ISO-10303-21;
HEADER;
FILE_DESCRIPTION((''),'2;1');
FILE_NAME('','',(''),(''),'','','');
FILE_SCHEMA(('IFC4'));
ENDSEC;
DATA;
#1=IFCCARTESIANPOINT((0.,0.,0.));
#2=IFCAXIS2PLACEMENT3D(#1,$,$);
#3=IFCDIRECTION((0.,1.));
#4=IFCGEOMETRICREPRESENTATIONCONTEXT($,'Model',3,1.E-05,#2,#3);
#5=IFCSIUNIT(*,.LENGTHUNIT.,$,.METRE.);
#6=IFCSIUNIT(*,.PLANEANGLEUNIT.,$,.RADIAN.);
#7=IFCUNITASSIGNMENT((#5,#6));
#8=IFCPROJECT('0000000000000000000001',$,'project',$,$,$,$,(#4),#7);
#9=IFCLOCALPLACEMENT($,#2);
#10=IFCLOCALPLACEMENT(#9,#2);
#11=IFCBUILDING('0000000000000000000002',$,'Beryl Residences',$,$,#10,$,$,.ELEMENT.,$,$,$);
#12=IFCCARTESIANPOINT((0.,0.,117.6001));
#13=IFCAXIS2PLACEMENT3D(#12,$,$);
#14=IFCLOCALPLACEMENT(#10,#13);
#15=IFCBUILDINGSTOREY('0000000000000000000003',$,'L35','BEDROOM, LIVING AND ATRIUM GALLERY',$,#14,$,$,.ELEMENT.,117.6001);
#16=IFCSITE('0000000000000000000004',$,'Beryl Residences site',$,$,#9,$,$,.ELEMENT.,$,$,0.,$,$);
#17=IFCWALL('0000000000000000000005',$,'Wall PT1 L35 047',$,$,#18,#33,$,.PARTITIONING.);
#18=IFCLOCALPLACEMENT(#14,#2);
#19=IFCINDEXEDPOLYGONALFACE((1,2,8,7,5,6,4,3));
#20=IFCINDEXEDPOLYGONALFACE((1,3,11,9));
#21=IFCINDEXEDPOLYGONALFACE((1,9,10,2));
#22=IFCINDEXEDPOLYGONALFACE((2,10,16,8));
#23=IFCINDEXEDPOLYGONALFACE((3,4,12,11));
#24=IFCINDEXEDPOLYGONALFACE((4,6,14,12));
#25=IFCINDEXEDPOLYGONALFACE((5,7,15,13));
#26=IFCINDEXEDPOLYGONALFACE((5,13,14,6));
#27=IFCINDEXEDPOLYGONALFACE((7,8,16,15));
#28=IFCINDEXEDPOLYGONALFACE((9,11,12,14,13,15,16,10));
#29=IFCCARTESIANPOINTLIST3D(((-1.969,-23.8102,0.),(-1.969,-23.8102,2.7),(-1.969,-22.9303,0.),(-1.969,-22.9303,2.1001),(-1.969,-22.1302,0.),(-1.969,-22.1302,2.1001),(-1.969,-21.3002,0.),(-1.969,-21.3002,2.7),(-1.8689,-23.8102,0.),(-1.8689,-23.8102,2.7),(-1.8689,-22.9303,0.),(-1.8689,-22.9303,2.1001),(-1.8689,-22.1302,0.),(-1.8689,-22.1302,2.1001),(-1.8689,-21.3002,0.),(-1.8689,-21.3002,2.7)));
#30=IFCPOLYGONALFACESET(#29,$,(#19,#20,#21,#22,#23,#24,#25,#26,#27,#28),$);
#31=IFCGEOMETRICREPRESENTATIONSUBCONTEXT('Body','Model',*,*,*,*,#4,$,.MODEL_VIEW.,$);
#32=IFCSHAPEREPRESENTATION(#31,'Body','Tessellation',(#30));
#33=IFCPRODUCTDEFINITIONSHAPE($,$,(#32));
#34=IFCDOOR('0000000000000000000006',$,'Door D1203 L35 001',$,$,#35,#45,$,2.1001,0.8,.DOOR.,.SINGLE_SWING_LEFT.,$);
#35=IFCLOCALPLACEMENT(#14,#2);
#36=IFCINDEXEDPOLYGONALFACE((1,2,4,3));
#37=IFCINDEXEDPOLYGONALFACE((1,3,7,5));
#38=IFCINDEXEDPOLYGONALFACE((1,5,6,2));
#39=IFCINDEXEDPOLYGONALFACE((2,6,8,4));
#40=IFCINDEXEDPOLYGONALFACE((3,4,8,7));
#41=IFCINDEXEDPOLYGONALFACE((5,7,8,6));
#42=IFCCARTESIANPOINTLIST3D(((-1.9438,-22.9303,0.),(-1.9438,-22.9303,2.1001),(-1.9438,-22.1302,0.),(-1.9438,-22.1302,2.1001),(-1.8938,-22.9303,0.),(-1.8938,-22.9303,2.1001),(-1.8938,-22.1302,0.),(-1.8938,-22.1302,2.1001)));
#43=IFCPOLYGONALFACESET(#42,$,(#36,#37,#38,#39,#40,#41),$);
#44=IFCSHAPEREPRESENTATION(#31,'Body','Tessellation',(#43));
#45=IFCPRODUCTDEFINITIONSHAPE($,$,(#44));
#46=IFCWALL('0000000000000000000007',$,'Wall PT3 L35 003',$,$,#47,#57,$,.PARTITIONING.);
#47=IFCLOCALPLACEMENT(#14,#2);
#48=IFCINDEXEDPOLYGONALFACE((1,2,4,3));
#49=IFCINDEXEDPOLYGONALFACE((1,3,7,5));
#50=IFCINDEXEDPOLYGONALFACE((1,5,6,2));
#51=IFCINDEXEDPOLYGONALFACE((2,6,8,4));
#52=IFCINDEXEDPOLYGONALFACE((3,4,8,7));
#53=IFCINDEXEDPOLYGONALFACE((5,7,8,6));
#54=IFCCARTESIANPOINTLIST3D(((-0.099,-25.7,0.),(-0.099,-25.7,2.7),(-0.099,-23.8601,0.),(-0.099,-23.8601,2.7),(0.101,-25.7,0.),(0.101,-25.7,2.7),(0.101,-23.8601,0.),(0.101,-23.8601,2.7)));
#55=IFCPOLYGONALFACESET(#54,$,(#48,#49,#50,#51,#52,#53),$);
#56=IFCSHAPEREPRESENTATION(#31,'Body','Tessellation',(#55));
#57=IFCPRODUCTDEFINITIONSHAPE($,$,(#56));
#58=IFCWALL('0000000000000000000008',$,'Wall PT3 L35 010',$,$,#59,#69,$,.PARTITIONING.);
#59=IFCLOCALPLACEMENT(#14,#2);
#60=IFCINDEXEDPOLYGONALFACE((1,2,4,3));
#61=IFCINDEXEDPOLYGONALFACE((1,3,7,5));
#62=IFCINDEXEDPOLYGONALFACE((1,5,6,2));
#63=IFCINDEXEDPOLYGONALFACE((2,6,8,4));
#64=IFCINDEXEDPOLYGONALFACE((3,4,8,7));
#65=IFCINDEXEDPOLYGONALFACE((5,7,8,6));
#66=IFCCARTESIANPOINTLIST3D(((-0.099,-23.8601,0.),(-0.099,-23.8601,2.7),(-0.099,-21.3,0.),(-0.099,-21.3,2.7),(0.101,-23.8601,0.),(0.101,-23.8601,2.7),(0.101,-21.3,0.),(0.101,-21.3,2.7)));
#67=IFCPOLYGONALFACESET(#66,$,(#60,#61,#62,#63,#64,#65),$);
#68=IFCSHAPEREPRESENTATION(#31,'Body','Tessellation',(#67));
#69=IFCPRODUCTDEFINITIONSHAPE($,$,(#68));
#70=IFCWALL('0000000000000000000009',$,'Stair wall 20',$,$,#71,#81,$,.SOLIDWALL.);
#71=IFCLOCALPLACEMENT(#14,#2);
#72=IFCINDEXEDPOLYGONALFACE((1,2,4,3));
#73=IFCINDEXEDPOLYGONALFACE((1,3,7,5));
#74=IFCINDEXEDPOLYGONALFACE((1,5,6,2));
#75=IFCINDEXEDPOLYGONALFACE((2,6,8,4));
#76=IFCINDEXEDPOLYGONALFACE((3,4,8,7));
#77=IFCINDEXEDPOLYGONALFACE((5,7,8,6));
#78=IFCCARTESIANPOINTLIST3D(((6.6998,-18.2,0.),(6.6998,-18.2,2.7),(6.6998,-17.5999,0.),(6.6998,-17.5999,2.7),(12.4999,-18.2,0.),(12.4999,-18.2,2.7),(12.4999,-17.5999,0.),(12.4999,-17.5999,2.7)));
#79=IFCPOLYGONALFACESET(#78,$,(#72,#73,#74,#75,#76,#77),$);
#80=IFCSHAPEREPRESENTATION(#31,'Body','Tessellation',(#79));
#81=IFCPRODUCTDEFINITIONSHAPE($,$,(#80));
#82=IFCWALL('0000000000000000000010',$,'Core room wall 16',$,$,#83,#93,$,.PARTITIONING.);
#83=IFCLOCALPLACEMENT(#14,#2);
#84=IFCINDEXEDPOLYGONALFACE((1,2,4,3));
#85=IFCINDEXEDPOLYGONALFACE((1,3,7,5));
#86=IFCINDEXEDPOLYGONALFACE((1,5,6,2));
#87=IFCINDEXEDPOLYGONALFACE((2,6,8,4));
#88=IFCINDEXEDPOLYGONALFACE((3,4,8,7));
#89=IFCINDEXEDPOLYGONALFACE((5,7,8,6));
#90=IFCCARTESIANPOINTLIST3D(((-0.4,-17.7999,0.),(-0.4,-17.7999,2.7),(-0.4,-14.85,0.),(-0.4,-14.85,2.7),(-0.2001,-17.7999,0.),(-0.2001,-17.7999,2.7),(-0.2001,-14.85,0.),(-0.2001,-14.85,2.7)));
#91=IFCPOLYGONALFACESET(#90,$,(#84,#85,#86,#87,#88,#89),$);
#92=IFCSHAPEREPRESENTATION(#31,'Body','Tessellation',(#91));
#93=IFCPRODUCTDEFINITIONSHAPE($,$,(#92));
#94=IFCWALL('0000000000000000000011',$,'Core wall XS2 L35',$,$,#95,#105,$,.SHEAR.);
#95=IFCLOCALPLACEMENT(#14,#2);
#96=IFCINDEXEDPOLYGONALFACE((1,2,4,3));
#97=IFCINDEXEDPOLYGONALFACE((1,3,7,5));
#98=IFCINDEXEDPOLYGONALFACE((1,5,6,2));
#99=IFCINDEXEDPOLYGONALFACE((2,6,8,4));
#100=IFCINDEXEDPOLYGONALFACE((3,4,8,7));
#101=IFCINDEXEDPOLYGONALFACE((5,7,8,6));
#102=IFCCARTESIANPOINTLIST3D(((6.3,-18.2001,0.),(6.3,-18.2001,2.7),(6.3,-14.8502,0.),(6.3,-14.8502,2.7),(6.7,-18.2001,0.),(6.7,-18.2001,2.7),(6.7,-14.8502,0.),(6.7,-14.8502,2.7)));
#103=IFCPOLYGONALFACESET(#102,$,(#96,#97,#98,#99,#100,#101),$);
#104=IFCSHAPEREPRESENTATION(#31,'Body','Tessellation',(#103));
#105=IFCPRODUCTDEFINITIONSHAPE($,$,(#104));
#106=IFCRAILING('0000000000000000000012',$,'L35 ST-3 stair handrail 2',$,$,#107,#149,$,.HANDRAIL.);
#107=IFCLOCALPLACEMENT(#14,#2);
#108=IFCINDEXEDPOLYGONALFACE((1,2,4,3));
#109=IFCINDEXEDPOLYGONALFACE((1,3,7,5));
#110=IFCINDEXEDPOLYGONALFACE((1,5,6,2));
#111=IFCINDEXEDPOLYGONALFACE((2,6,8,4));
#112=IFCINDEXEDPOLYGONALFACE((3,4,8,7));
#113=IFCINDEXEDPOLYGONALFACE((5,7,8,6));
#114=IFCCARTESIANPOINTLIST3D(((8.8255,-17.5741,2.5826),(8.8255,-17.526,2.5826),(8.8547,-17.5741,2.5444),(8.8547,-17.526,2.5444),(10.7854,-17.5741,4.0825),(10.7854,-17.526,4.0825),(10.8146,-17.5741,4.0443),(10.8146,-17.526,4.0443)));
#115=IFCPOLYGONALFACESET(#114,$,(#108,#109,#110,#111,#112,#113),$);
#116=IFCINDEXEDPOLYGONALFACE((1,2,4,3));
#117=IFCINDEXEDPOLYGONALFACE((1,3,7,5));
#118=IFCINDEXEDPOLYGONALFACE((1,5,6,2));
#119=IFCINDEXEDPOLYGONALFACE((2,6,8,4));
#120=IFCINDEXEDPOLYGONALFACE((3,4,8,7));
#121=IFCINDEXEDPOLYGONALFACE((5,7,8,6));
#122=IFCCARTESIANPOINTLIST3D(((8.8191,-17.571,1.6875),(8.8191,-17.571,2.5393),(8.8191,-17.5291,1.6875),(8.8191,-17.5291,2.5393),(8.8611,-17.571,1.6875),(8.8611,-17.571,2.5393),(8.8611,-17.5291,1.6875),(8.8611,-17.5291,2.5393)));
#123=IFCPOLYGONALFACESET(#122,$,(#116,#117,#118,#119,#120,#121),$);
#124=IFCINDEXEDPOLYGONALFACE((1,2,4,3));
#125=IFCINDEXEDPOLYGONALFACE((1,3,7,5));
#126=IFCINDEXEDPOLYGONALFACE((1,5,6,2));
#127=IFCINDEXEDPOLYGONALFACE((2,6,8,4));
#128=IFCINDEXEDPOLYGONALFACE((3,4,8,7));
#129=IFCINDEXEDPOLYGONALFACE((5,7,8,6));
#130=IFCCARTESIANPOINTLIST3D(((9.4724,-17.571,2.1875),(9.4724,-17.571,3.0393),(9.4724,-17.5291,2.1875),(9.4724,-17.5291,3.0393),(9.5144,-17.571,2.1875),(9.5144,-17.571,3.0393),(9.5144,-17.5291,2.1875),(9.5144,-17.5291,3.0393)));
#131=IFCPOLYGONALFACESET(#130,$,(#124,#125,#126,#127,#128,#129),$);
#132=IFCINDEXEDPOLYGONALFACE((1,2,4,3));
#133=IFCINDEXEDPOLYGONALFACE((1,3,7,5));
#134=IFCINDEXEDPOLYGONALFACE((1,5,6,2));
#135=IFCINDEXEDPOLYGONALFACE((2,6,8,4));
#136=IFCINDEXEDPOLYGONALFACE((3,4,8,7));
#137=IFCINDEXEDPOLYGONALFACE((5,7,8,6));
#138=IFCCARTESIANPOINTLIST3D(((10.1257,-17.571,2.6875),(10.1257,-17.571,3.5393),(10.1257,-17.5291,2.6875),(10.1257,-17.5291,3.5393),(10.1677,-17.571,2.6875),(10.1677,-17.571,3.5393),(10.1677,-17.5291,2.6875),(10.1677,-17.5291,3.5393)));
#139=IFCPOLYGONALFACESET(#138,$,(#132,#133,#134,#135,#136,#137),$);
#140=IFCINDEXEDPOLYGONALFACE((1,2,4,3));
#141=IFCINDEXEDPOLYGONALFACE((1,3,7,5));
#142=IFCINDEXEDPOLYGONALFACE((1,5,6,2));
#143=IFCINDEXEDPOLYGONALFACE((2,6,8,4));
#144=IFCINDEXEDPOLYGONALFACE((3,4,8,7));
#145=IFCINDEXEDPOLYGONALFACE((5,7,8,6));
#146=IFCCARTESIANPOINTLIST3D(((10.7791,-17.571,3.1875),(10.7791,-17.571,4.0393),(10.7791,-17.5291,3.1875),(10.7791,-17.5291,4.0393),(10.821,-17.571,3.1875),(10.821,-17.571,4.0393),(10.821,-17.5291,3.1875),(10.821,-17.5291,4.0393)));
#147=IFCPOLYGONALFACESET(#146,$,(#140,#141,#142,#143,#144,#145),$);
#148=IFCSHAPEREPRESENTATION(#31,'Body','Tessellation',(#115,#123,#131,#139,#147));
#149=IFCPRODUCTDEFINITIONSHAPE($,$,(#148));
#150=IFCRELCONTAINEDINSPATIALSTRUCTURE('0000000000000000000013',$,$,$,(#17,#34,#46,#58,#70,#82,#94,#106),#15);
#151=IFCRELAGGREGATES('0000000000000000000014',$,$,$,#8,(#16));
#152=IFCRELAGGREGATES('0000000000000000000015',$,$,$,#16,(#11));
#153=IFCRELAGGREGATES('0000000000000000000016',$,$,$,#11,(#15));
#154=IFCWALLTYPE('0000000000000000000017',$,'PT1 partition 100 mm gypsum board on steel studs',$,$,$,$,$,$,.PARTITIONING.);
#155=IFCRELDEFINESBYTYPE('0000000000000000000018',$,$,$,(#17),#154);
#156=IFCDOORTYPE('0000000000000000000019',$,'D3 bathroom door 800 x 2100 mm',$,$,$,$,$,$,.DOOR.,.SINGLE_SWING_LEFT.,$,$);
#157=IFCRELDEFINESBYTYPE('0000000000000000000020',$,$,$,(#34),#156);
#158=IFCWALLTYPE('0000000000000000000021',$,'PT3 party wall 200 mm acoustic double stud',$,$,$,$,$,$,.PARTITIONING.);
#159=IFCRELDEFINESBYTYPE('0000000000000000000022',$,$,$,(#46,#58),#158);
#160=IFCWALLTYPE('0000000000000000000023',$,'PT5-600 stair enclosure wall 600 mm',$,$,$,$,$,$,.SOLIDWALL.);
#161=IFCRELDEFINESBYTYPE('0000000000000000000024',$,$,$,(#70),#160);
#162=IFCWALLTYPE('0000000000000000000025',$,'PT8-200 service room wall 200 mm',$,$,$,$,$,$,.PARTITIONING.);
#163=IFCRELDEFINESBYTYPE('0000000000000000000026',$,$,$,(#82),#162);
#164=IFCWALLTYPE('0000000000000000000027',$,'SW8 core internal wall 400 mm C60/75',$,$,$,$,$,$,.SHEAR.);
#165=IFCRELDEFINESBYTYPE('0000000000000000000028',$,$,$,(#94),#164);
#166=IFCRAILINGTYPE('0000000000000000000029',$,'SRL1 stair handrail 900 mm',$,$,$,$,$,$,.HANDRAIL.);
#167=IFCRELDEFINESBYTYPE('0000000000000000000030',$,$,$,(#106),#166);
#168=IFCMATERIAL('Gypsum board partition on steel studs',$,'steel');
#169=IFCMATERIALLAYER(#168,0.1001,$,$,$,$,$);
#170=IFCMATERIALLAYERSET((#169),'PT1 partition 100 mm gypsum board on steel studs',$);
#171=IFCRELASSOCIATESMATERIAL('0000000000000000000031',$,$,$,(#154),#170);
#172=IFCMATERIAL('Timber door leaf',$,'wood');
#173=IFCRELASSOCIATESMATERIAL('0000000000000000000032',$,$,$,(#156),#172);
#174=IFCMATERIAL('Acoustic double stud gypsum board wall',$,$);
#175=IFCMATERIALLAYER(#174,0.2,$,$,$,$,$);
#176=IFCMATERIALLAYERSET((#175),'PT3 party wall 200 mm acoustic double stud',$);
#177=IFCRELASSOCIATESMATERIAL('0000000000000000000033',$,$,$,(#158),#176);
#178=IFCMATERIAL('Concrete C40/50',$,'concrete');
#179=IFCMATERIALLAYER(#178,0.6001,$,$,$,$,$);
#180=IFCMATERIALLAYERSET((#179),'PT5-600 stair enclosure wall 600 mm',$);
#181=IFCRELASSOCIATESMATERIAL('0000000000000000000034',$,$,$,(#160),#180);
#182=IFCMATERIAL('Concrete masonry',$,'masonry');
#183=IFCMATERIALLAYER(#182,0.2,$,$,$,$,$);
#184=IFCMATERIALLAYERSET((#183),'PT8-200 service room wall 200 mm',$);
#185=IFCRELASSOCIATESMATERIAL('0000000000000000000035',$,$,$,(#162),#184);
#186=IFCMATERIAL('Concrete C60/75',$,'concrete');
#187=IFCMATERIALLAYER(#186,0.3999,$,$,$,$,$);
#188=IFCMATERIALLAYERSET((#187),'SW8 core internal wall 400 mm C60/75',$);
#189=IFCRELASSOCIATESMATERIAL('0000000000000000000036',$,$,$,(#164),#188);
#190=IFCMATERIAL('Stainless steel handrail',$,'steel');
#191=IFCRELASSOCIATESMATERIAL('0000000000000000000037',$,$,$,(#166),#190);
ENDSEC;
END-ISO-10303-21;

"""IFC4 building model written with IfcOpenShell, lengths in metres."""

from ifc_helpers import new_model, si_unit, direction, frame, frame_2d, origin, origin_2d, place, context, subcontext, project, spatial, rectangle, extrude, material, layer, layer_set, type_object, element, fill, save


model = new_model("IFC4")

# Units and contexts
model_context = context("Model", 3, precision=1e-05, world=origin(), true_north=direction((0.0, 1.0)))
body_context = subcontext(model_context, "Body", "Model", "MODEL_VIEW")
ifc_project = project(units=[si_unit("LENGTHUNIT", "METRE"), si_unit("PLANEANGLEUNIT", "RADIAN")], contexts=[model_context])

# Site, building, storey
site_placement = place(None, origin())
site = spatial("IfcSite", under=ifc_project, at=site_placement, Name="Beryl Residences site", CompositionType="ELEMENT", RefElevation=0.0)
building_placement = place(site_placement, origin())
building = spatial("IfcBuilding", under=site, at=building_placement, Name="Beryl Residences", CompositionType="ELEMENT")
storey_placement = place(building_placement, frame((0.0, 0.0, 117.6001)))
storey = spatial("IfcBuildingStorey", under=building, at=storey_placement, Name="L35", Description="BEDROOM, LIVING AND ATRIUM GALLERY", CompositionType="ELEMENT", Elevation=117.6001)

# Shared definitions
ifc_material_1 = material(Name="Gypsum board partition on steel studs", Category="steel")
ifc_layer_1 = layer(ifc_material_1, 0.1001)
ifc_layer_set_1 = layer_set([ifc_layer_1], Name="PT1 partition 100 mm gypsum board on steel studs")
wall_type_1 = type_object("IfcWallType", Name="PT1 partition 100 mm gypsum board on steel studs", PredefinedType="PARTITIONING", material=ifc_layer_set_1)

# Wall, opening, door
ifc_material_2 = material(Name="Timber door leaf", Category="wood")
door_type_1 = type_object("IfcDoorType", Name="D3 bathroom door 800 x 2100 mm", OperationType="SINGLE_SWING_LEFT", PredefinedType="DOOR", material=ifc_material_2)
wall_1_placement = place(storey_placement, frame((-1.9189, -23.8101, 0.0), z_axis=(0.0, 0.0, 1.0), x_axis=(0.0, 1.0, 0.0)))
wall_1 = element("IfcWall", 1, at=wall_1_placement, inside=storey, type_object=wall_type_1, Name="Wall PT1 L35 047", PredefinedType="PARTITIONING", context=body_context, shape_type="SweptSolid", body=[
    extrude(rectangle(XDim=2.51, YDim=0.1001, at=frame_2d((1.2549, 0.0))), origin(), (0.0, 0.0, 1.0), 2.7),
])
opening_1_placement = place(wall_1_placement, frame((0.8799, 0.0, 0.0)))
opening_1 = element("IfcOpeningElement", 2, at=opening_1_placement, cuts=wall_1, PredefinedType="OPENING", context=body_context, shape_type="SweptSolid", body=[
    extrude(rectangle(XDim=0.8, YDim=2.1001, at=frame_2d((0.3999, 1.05))), frame((0.0, 0.0601, 0.0), z_axis=(0.0, -1.0, 0.0), x_axis=(1.0, 0.0, 0.0)), (0.0, 0.0, 1.0), 0.1201),
])
door_1_placement = place(opening_1_placement, origin())
door_1 = element("IfcDoor", 3, at=door_1_placement, inside=storey, type_object=door_type_1, Name="Door D1203 L35 001", OperationType="SINGLE_SWING_LEFT", OverallHeight=2.1001, OverallWidth=0.8, PredefinedType="DOOR", context=body_context, shape_type="SweptSolid", body=[
    extrude(rectangle(XDim=0.8, YDim=2.1001, at=frame_2d((0.3999, 1.05))), frame((0.0, 0.0249, 0.0), z_axis=(0.0, -1.0, 0.0), x_axis=(1.0, 0.0, 0.0)), (0.0, 0.0, 1.0), 0.05),
])
fill(opening_1, door_1)

# Walls
ifc_material_3 = material(Name="Acoustic double stud gypsum board wall")
ifc_layer_2 = layer(ifc_material_3, 0.2)
ifc_layer_set_2 = layer_set([ifc_layer_2], Name="PT3 party wall 200 mm acoustic double stud")
wall_type_2 = type_object("IfcWallType", Name="PT3 party wall 200 mm acoustic double stud", PredefinedType="PARTITIONING", material=ifc_layer_set_2)
wall_2_placement = place(storey_placement, frame((0.001, -23.8601, 0.0), z_axis=(0.0, 0.0, 1.0), x_axis=(0.0, -1.0, 0.0)))
element("IfcWall", 4, at=wall_2_placement, inside=storey, type_object=wall_type_2, Name="Wall PT3 L35 003", PredefinedType="PARTITIONING", context=body_context, shape_type="SweptSolid", body=[
    extrude(rectangle(XDim=1.8398, YDim=0.2, at=frame_2d((0.9199, 0.0))), origin(), (0.0, 0.0, 1.0), 2.7),
])
wall_3_placement = place(storey_placement, frame((0.001, -23.8601, 0.0), z_axis=(0.0, 0.0, 1.0), x_axis=(0.0, 1.0, 0.0)))
element("IfcWall", 5, at=wall_3_placement, inside=storey, type_object=wall_type_2, Name="Wall PT3 L35 010", PredefinedType="PARTITIONING", context=body_context, shape_type="SweptSolid", body=[
    extrude(rectangle(XDim=2.5601, YDim=0.2, at=frame_2d((1.28, 0.0))), origin(), (0.0, 0.0, 1.0), 2.7),
])
ifc_material_4 = material(Name="Concrete C40/50", Category="concrete")
ifc_layer_3 = layer(ifc_material_4, 0.6001)
ifc_layer_set_3 = layer_set([ifc_layer_3], Name="PT5-600 stair enclosure wall 600 mm")
wall_type_3 = type_object("IfcWallType", Name="PT5-600 stair enclosure wall 600 mm", PredefinedType="SOLIDWALL", material=ifc_layer_set_3)
wall_4_placement = place(storey_placement, frame((6.7, -17.8999, 0.0), z_axis=(0.0, 0.0, 1.0), x_axis=(1.0, 0.0, 0.0)))
element("IfcWall", 6, at=wall_4_placement, inside=storey, type_object=wall_type_3, Name="Stair wall 20", PredefinedType="SOLIDWALL", context=body_context, shape_type="SweptSolid", body=[
    extrude(rectangle(XDim=5.8, YDim=0.6001, at=frame_2d((2.8999, 0.0))), origin(), (0.0, 0.0, 1.0), 2.7),
])
ifc_material_5 = material(Name="Concrete masonry", Category="masonry")
ifc_layer_4 = layer(ifc_material_5, 0.2)
ifc_layer_set_4 = layer_set([ifc_layer_4], Name="PT8-200 service room wall 200 mm")
wall_type_4 = type_object("IfcWallType", Name="PT8-200 service room wall 200 mm", PredefinedType="PARTITIONING", material=ifc_layer_set_4)
wall_5_placement = place(storey_placement, frame((-0.3, -17.8, 0.0), z_axis=(0.0, 0.0, 1.0), x_axis=(0.0, 1.0, 0.0)))
element("IfcWall", 7, at=wall_5_placement, inside=storey, type_object=wall_type_4, Name="Core room wall 16", PredefinedType="PARTITIONING", context=body_context, shape_type="SweptSolid", body=[
    extrude(rectangle(XDim=2.95, YDim=0.2, at=frame_2d((1.4751, 0.0))), origin(), (0.0, 0.0, 1.0), 2.7),
])
ifc_material_6 = material(Name="Concrete C60/75", Category="concrete")
ifc_layer_5 = layer(ifc_material_6, 0.3999)
ifc_layer_set_5 = layer_set([ifc_layer_5], Name="SW8 core internal wall 400 mm C60/75")
wall_type_5 = type_object("IfcWallType", Name="SW8 core internal wall 400 mm C60/75", PredefinedType="SHEAR", material=ifc_layer_set_5)
wall_6_placement = place(storey_placement, frame((6.5, -18.2, 0.0), z_axis=(0.0, 0.0, 1.0), x_axis=(0.0, 1.0, 0.0)))
element("IfcWall", 8, at=wall_6_placement, inside=storey, type_object=wall_type_5, Name="Core wall XS2 L35", PredefinedType="SHEAR", context=body_context, shape_type="SweptSolid", body=[
    extrude(rectangle(XDim=3.3499, YDim=0.3999, at=frame_2d((1.6748, 0.0))), origin(), (0.0, 0.0, 1.0), 2.7),
])

# Railing
ifc_material_7 = material(Name="Stainless steel handrail", Category="steel")
railing_type = type_object("IfcRailingType", Name="SRL1 stair handrail 900 mm", PredefinedType="HANDRAIL", material=ifc_material_7)
railing_placement = place(storey_placement, frame((8.8401, -17.55, 1.6875)))
element("IfcRailing", 9, at=railing_placement, inside=storey, type_object=railing_type, Name="L35 ST-3 stair handrail 2", PredefinedType="HANDRAIL", context=body_context, shape_type="SweptSolid", body=[
    extrude(rectangle(XDim=0.0481, YDim=0.0481, at=origin_2d()), frame((0.0, 0.0, 0.876), z_axis=(0.794122, 0.0, 0.607758), x_axis=(0.0, 1.0, 0.0)), (0.0, 0.0, 1.0), 2.468),
    extrude(rectangle(XDim=0.042, YDim=0.042, at=origin_2d()), origin(), (0.0, 0.0, 1.0), 0.8518),
    extrude(rectangle(XDim=0.042, YDim=0.042, at=origin_2d()), frame((0.6533, 0.0, 0.5)), (0.0, 0.0, 1.0), 0.8518),
    extrude(rectangle(XDim=0.042, YDim=0.042, at=origin_2d()), frame((1.3066, 0.0, 1.0)), (0.0, 0.0, 1.0), 0.8518),
    extrude(rectangle(XDim=0.042, YDim=0.042, at=origin_2d()), frame((1.96, 0.0, 1.5)), (0.0, 0.0, 1.0), 0.8518),
])

save(model, "model.ifc")
